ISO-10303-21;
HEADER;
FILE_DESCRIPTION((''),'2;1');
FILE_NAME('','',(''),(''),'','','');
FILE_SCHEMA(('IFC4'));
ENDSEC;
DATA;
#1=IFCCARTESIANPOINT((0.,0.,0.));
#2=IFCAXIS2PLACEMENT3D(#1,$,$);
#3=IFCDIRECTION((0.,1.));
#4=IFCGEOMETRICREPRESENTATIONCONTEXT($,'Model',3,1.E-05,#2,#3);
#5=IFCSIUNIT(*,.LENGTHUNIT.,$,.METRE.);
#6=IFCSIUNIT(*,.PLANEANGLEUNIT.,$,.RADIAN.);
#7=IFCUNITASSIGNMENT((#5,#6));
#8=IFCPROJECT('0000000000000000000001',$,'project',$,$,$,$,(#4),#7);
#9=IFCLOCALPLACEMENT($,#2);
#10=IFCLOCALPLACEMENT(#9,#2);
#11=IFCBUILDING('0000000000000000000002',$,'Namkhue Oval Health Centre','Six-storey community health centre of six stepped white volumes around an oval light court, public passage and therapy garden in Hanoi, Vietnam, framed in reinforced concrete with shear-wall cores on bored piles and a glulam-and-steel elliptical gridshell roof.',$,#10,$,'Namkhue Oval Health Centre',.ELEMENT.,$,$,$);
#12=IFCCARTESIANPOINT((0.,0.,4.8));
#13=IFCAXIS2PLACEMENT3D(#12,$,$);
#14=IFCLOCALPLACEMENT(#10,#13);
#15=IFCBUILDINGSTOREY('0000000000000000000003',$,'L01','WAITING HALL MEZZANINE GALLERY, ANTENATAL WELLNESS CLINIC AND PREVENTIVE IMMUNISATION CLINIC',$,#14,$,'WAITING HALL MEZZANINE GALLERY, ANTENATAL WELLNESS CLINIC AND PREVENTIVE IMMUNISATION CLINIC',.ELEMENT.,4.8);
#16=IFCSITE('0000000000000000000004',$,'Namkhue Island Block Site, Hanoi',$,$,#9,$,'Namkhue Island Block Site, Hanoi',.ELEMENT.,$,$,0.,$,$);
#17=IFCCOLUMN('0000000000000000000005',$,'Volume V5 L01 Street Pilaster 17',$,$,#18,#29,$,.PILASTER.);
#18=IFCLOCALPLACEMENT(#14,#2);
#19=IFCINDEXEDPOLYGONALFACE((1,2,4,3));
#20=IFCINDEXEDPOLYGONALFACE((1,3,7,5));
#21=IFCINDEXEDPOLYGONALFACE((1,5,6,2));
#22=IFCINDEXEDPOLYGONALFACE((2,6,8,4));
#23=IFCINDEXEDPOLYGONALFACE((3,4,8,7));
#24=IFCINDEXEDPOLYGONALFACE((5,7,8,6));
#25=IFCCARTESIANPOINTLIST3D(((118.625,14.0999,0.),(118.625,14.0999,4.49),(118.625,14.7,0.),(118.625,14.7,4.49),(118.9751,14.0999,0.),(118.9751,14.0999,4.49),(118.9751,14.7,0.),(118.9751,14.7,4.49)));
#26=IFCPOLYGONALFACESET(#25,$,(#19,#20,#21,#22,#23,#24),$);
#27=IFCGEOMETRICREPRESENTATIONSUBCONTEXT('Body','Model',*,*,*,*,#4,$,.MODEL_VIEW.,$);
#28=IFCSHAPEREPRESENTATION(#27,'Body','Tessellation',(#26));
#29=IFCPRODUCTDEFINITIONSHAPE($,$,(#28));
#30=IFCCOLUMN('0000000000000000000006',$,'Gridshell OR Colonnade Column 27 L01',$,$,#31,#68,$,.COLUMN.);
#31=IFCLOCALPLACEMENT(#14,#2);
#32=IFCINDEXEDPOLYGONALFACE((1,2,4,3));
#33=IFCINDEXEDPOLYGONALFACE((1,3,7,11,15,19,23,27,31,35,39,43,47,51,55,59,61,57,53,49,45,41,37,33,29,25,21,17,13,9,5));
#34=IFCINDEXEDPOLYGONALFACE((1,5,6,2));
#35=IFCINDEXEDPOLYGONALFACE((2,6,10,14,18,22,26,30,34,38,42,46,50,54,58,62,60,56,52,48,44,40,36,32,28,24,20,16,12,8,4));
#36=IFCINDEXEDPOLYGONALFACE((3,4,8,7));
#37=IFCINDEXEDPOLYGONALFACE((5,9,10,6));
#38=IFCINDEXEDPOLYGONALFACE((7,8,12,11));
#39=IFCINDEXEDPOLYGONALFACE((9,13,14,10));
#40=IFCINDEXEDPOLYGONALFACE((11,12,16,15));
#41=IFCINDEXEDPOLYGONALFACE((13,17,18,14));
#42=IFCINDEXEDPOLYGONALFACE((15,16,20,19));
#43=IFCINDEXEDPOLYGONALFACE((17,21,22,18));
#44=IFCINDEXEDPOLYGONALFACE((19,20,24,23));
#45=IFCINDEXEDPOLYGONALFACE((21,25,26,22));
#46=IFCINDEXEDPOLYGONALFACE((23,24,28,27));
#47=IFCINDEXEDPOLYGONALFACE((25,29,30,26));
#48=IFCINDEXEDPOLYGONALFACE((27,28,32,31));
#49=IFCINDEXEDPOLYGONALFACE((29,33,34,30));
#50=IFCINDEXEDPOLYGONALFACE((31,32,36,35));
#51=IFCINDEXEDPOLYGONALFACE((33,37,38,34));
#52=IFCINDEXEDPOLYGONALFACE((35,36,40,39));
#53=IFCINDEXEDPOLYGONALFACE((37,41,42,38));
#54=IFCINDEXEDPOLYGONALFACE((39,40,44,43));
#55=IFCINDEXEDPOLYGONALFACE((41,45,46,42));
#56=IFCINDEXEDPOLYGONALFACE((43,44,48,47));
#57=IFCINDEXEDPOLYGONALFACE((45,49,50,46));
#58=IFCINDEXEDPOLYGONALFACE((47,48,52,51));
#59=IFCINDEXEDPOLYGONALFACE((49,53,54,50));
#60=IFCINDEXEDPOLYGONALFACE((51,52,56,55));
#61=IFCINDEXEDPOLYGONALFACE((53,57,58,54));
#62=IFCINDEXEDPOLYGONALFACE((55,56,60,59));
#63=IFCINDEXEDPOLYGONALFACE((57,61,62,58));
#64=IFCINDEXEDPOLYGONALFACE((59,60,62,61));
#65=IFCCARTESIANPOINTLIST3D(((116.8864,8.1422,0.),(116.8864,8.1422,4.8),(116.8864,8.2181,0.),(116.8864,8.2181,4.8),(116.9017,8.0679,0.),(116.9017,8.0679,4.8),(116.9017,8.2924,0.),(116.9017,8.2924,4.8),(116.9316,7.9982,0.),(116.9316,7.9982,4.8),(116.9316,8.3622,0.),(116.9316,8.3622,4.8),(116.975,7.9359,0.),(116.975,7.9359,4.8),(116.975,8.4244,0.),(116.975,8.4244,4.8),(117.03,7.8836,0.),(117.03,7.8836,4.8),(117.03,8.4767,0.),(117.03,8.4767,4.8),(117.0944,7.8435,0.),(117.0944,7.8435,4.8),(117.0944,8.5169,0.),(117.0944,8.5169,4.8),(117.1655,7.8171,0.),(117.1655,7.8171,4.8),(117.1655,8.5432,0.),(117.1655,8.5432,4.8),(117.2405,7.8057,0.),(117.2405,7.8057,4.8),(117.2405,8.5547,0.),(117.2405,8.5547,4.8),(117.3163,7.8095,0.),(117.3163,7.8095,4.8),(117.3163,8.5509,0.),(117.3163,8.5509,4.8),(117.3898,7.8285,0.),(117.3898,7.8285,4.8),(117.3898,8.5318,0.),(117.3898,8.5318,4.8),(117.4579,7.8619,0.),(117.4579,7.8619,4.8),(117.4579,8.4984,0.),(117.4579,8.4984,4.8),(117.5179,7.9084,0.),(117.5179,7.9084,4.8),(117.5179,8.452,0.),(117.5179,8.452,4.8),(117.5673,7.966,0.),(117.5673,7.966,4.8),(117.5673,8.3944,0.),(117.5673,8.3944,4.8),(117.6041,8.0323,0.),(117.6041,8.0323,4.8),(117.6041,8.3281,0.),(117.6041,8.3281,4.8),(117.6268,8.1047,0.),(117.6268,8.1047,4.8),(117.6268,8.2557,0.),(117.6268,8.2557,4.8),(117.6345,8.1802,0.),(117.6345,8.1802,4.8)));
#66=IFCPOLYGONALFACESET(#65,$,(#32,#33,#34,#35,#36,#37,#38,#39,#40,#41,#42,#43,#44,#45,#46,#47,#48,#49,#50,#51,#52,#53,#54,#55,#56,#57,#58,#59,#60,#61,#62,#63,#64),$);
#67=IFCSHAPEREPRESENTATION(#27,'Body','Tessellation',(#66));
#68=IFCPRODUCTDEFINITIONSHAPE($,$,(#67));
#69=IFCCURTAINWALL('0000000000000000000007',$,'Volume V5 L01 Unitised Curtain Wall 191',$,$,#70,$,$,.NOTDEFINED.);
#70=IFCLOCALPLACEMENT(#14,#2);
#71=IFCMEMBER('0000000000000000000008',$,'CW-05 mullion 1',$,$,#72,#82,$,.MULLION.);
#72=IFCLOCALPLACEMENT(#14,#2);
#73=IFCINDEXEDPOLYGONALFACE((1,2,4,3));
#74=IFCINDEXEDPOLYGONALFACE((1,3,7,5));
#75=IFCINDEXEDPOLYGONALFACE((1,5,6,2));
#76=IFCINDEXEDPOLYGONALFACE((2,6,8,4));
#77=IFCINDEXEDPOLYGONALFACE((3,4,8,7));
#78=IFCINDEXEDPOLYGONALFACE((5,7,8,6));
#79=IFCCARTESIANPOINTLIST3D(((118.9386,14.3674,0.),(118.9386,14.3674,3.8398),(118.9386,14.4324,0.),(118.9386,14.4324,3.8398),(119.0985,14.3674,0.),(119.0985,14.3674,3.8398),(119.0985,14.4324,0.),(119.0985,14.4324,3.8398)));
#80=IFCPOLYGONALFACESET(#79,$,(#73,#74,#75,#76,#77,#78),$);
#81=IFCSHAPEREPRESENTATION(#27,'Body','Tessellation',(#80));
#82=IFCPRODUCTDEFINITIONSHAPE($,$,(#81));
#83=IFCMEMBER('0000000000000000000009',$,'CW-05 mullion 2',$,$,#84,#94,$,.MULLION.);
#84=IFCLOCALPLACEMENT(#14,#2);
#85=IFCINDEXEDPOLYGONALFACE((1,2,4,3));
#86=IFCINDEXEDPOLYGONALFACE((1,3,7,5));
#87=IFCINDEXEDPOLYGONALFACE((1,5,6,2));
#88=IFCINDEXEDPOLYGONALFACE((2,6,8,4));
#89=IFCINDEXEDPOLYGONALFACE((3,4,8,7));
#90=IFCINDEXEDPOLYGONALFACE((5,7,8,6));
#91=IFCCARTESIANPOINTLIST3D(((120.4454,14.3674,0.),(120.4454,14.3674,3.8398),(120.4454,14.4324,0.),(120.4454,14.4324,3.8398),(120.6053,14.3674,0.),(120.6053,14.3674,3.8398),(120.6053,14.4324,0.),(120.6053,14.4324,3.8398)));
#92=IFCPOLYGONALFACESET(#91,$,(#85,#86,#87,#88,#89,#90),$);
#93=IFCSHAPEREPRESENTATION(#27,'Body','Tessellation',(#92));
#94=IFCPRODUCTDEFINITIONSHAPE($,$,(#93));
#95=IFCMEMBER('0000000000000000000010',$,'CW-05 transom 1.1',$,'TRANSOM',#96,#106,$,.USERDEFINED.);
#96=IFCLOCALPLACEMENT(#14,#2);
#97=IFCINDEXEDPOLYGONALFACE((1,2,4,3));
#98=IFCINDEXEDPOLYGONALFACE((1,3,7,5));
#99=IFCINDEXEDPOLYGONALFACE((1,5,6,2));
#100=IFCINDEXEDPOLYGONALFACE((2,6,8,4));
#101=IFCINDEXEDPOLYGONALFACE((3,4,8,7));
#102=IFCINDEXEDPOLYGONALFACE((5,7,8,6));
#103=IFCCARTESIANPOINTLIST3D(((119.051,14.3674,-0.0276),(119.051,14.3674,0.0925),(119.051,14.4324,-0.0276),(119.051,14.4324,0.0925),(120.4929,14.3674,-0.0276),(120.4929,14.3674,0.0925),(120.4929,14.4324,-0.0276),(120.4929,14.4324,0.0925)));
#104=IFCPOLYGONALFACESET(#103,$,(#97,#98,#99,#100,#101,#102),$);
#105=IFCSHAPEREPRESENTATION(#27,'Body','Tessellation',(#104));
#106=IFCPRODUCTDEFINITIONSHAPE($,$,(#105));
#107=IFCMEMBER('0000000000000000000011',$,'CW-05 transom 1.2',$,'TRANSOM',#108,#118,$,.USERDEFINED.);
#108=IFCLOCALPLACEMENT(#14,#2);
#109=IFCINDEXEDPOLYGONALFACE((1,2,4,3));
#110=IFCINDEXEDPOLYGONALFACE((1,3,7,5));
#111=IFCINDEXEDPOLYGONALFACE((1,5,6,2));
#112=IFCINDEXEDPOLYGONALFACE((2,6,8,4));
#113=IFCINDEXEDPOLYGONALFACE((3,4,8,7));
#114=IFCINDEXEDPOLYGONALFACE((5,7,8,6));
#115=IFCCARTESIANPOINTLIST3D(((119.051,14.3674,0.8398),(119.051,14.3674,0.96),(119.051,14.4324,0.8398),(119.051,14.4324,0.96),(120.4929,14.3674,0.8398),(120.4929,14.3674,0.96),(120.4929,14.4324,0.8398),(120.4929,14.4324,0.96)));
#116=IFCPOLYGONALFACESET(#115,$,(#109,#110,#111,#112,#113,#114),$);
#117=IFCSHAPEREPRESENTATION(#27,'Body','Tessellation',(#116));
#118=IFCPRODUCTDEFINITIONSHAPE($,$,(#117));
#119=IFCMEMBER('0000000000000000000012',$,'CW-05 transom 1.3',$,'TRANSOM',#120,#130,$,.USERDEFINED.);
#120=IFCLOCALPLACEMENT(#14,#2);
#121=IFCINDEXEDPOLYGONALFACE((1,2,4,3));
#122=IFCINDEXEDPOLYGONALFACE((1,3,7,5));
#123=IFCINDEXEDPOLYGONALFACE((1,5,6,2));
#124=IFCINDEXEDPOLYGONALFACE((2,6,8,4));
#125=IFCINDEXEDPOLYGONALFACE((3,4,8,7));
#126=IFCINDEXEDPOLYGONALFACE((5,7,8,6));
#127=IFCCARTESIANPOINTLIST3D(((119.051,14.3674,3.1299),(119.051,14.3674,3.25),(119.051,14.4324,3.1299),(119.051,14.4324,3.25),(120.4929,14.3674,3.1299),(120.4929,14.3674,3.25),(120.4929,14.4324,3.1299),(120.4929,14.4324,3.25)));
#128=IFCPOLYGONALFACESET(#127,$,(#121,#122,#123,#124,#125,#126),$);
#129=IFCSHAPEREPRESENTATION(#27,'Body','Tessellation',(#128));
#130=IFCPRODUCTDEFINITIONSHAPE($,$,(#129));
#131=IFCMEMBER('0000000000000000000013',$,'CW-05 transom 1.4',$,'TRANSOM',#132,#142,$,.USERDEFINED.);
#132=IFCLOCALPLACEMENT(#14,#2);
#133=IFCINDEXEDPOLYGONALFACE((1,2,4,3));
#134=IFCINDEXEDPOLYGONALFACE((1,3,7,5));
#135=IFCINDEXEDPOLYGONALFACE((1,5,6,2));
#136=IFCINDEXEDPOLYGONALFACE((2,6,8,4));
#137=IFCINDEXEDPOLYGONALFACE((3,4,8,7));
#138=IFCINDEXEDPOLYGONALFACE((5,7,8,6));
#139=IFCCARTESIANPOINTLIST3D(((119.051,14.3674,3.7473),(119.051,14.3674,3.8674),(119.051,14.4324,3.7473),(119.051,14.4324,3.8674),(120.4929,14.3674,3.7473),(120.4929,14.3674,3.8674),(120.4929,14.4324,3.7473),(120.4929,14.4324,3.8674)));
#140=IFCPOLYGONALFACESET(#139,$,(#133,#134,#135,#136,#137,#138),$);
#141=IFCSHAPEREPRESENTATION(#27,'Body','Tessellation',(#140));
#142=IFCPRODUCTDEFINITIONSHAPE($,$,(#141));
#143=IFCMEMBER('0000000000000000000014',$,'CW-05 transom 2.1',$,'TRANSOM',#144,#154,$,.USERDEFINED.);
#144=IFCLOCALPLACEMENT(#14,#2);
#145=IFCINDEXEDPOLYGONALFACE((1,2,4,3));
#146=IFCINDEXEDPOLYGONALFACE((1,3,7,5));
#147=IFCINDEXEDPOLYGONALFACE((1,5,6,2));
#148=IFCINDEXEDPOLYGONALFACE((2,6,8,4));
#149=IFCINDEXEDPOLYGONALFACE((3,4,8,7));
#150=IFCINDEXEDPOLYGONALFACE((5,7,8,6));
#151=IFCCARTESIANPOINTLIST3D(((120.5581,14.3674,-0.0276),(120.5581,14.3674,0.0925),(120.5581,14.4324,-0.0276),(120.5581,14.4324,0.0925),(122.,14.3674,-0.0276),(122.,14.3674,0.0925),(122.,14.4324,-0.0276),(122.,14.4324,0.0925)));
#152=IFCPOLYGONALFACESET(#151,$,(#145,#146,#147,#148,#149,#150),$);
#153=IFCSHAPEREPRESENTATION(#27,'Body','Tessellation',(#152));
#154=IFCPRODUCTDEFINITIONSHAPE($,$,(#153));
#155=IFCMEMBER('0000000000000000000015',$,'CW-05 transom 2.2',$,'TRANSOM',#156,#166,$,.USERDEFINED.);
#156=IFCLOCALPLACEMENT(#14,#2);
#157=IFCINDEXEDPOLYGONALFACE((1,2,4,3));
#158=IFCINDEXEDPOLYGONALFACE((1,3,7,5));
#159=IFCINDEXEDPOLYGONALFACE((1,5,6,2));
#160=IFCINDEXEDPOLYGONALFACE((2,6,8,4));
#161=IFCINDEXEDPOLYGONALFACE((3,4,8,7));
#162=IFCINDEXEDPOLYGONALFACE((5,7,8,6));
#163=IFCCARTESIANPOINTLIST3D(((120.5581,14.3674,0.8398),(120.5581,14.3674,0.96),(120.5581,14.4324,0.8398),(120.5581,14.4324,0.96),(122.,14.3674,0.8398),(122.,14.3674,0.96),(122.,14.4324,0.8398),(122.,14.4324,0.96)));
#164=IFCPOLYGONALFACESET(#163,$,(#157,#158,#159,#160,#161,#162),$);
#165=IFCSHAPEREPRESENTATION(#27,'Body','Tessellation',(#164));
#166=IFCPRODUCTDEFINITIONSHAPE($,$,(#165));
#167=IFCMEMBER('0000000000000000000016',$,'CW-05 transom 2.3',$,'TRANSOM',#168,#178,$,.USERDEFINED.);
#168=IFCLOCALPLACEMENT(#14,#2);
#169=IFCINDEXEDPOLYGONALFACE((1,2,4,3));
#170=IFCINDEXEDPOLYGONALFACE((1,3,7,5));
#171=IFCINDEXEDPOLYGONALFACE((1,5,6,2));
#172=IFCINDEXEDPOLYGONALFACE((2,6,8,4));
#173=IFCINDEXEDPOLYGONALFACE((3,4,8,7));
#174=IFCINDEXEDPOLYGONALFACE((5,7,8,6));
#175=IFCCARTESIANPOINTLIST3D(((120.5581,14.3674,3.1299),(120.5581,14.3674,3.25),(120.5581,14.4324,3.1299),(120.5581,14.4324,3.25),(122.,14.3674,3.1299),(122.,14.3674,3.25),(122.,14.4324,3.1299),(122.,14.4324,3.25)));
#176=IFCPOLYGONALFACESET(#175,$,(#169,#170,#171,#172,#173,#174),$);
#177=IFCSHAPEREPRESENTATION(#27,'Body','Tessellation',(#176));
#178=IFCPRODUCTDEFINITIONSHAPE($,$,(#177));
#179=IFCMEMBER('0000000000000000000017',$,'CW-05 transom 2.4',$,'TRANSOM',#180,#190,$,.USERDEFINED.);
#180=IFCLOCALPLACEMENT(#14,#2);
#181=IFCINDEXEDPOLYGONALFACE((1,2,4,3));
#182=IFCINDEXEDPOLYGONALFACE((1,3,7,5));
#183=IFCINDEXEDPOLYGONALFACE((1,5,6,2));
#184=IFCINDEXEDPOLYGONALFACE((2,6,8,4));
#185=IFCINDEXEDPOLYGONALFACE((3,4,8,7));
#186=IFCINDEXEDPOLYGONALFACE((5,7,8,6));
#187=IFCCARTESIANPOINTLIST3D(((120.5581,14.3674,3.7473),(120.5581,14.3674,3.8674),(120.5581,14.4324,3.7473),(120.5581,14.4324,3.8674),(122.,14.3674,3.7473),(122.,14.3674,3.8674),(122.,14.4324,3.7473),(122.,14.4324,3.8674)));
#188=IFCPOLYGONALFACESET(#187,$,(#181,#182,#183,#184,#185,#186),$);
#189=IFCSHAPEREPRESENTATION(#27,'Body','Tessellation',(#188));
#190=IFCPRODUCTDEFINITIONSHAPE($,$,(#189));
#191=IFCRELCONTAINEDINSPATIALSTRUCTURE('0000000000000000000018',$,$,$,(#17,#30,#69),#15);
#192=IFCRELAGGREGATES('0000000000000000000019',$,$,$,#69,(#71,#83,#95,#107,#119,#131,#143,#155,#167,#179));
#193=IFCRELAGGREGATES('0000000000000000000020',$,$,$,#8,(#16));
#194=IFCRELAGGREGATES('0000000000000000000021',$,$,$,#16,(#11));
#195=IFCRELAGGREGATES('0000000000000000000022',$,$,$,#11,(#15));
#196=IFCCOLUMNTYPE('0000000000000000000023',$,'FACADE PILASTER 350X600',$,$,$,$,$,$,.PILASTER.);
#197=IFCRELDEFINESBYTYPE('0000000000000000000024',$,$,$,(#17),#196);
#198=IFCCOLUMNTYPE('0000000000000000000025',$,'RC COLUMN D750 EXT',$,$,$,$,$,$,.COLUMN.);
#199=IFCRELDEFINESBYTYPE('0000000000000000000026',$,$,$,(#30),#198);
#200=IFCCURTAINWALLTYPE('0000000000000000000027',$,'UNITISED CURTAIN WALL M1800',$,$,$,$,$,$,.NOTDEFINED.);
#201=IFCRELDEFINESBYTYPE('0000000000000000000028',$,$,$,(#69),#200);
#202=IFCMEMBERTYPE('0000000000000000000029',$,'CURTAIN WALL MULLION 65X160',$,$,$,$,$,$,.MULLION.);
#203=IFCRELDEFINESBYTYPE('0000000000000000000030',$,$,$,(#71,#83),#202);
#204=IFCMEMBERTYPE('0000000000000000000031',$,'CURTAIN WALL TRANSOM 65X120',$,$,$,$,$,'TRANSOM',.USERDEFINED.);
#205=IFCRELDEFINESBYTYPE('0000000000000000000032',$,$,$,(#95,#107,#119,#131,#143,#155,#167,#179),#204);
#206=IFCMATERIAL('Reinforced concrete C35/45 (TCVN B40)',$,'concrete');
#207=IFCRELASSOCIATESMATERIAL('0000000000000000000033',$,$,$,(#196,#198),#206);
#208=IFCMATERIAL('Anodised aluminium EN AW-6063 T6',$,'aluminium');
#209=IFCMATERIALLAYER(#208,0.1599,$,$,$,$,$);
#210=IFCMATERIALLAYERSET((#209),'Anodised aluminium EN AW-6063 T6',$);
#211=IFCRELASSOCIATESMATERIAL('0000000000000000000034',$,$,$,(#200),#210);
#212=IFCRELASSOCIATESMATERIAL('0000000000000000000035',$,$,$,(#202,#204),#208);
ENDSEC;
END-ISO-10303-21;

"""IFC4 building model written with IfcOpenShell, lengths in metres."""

from ifc_helpers import new_model, si_unit, direction, frame, origin, origin_2d, place, context, subcontext, project, spatial, rectangle, circle, extrude, material, layer, layer_set, material_profile, profile_set, type_object, element, aggregate, save


model = new_model("IFC4")

# Units and contexts
model_context = context("Model", 3, precision=1e-05, world=origin(), true_north=direction((0.0, 1.0)))
body_context = subcontext(model_context, "Body", "Model", "MODEL_VIEW")
ifc_project = project(units=[si_unit("LENGTHUNIT", "METRE"), si_unit("PLANEANGLEUNIT", "RADIAN")], contexts=[model_context])

# Site, building, storey
site_placement = place(None, origin())
site = spatial("IfcSite", under=ifc_project, at=site_placement, Name="Namkhue Island Block Site, Hanoi", LongName="Namkhue Island Block Site, Hanoi", CompositionType="ELEMENT", RefElevation=0.0)
building_placement = place(site_placement, origin())
building = spatial("IfcBuilding", under=site, at=building_placement, Name="Namkhue Oval Health Centre", Description="Six-storey community health centre of six stepped white volumes around an oval light court, public passage and therapy garden in Hanoi, Vietnam, framed in reinforced concrete with shear-wall cores on bored piles and a glulam-and-steel elliptical gridshell roof.", LongName="Namkhue Oval Health Centre", CompositionType="ELEMENT")
storey_placement = place(building_placement, frame((0.0, 0.0, 4.8)))
storey = spatial("IfcBuildingStorey", under=building, at=storey_placement, Name="L01", Description="WAITING HALL MEZZANINE GALLERY, ANTENATAL WELLNESS CLINIC AND PREVENTIVE IMMUNISATION CLINIC", LongName="WAITING HALL MEZZANINE GALLERY, ANTENATAL WELLNESS CLINIC AND PREVENTIVE IMMUNISATION CLINIC", CompositionType="ELEMENT", Elevation=4.8)

# Columns
ifc_material_1 = material(Name="Reinforced concrete C35/45 (TCVN B40)", Category="concrete")
ifc_material_profile_1 = material_profile(ifc_material_1, rectangle(XDim=0.3501, YDim=0.6001, at=origin_2d()), Name="RC 350x600")
ifc_profile_set_1 = profile_set([ifc_material_profile_1], Name="Reinforced concrete C35/45 (TCVN B40)")
column_type_1 = type_object("IfcColumnType", Name="FACADE PILASTER 350X600", PredefinedType="PILASTER", material=ifc_profile_set_1)
column_1_placement = place(storey_placement, frame((118.8, 14.3999, 0.0), z_axis=(0.0, 0.0, 1.0), x_axis=(1.0, 0.0, 0.0)))
element("IfcColumn", 1, at=column_1_placement, inside=storey, type_object=column_type_1, Name="Volume V5 L01 Street Pilaster 17", PredefinedType="PILASTER", context=body_context, shape_type="SweptSolid", body=[
    extrude(rectangle(XDim=0.3501, YDim=0.6001, at=origin_2d()), origin(), (0.0, 0.0, 1.0), 4.49),
])
ifc_material_profile_2 = material_profile(ifc_material_1, circle(Radius=0.375, at=origin_2d()), Name="RC D750")
ifc_profile_set_2 = profile_set([ifc_material_profile_2], Name="Reinforced concrete C35/45 (TCVN B40)")
column_type_2 = type_object("IfcColumnType", Name="RC COLUMN D750 EXT", PredefinedType="COLUMN", material=ifc_profile_set_2)
column_2_placement = place(storey_placement, frame((117.2595, 8.1802, 0.0), z_axis=(0.0, 0.0, 1.0), x_axis=(1.0, 0.0, 0.0)))
element("IfcColumn", 2, at=column_2_placement, inside=storey, type_object=column_type_2, Name="Gridshell OR Colonnade Column 27 L01", PredefinedType="COLUMN", context=body_context, shape_type="SweptSolid", body=[
    extrude(circle(Radius=0.375, at=origin_2d()), origin(), (0.0, 0.0, 1.0), 4.8),
])

# Curtain wall, members
ifc_material_2 = material(Name="Anodised aluminium EN AW-6063 T6", Category="aluminium")
ifc_layer_1 = layer(ifc_material_2, 0.1599)
ifc_layer_set_1 = layer_set([ifc_layer_1], Name="Anodised aluminium EN AW-6063 T6")
curtain_wall_type = type_object("IfcCurtainWallType", Name="UNITISED CURTAIN WALL M1800", PredefinedType="NOTDEFINED", material=ifc_layer_set_1)
curtain_wall_placement = place(storey_placement, origin())
curtain_wall = element("IfcCurtainWall", 3, at=curtain_wall_placement, inside=storey, type_object=curtain_wall_type, Name="Volume V5 L01 Unitised Curtain Wall 191", PredefinedType="NOTDEFINED")
ifc_material_profile_3 = material_profile(ifc_material_2, rectangle(XDim=0.0649, YDim=0.1599, at=origin_2d()), Name="ALU 65x160")
ifc_profile_set_3 = profile_set([ifc_material_profile_3], Name="Anodised aluminium EN AW-6063 T6")
member_type_1 = type_object("IfcMemberType", Name="CURTAIN WALL MULLION 65X160", PredefinedType="MULLION", material=ifc_profile_set_3)
member_1_placement = place(storey_placement, frame((119.0186, 14.3999, 0.0), z_axis=(0.0, 0.0, 1.0), x_axis=(0.0, 1.0, 0.0)))
member_1 = element("IfcMember", 4, at=member_1_placement, type_object=member_type_1, Name="CW-05 mullion 1", PredefinedType="MULLION", context=body_context, shape_type="SweptSolid", body=[
    extrude(rectangle(XDim=0.0649, YDim=0.1599, at=origin_2d()), origin(), (0.0, 0.0, 1.0), 3.8398),
])
member_2_placement = place(storey_placement, frame((120.5254, 14.3999, 0.0), z_axis=(0.0, 0.0, 1.0), x_axis=(0.0, 1.0, 0.0)))
member_2 = element("IfcMember", 5, at=member_2_placement, type_object=member_type_1, Name="CW-05 mullion 2", PredefinedType="MULLION", context=body_context, shape_type="SweptSolid", body=[
    extrude(rectangle(XDim=0.0649, YDim=0.1599, at=origin_2d()), origin(), (0.0, 0.0, 1.0), 3.8398),
])
ifc_material_profile_4 = material_profile(ifc_material_2, rectangle(XDim=0.0649, YDim=0.1201, at=origin_2d()), Name="ALU 65x120")
ifc_profile_set_4 = profile_set([ifc_material_profile_4], Name="Anodised aluminium EN AW-6063 T6")
member_type_2 = type_object("IfcMemberType", Name="CURTAIN WALL TRANSOM 65X120", ElementType="TRANSOM", PredefinedType="USERDEFINED", material=ifc_profile_set_4)
member_3_placement = place(storey_placement, frame((119.051, 14.3999, 0.0325), z_axis=(1.0, 0.0, 0.0), x_axis=(0.0, 1.0, 0.0)))
member_3 = element("IfcMember", 6, at=member_3_placement, type_object=member_type_2, Name="CW-05 transom 1.1", ObjectType="TRANSOM", PredefinedType="USERDEFINED", context=body_context, shape_type="SweptSolid", body=[
    extrude(rectangle(XDim=0.0649, YDim=0.1201, at=origin_2d()), origin(), (0.0, 0.0, 1.0), 1.4419),
])
member_4_placement = place(storey_placement, frame((119.051, 14.3999, 0.8999), z_axis=(1.0, 0.0, 0.0), x_axis=(0.0, 1.0, 0.0)))
member_4 = element("IfcMember", 7, at=member_4_placement, type_object=member_type_2, Name="CW-05 transom 1.2", ObjectType="TRANSOM", PredefinedType="USERDEFINED", context=body_context, shape_type="SweptSolid", body=[
    extrude(rectangle(XDim=0.0649, YDim=0.1201, at=origin_2d()), origin(), (0.0, 0.0, 1.0), 1.4419),
])
member_5_placement = place(storey_placement, frame((119.051, 14.3999, 3.1899), z_axis=(1.0, 0.0, 0.0), x_axis=(0.0, 1.0, 0.0)))
member_5 = element("IfcMember", 8, at=member_5_placement, type_object=member_type_2, Name="CW-05 transom 1.3", ObjectType="TRANSOM", PredefinedType="USERDEFINED", context=body_context, shape_type="SweptSolid", body=[
    extrude(rectangle(XDim=0.0649, YDim=0.1201, at=origin_2d()), origin(), (0.0, 0.0, 1.0), 1.4419),
])
member_6_placement = place(storey_placement, frame((119.051, 14.3999, 3.8074), z_axis=(1.0, 0.0, 0.0), x_axis=(0.0, 1.0, 0.0)))
member_6 = element("IfcMember", 9, at=member_6_placement, type_object=member_type_2, Name="CW-05 transom 1.4", ObjectType="TRANSOM", PredefinedType="USERDEFINED", context=body_context, shape_type="SweptSolid", body=[
    extrude(rectangle(XDim=0.0649, YDim=0.1201, at=origin_2d()), origin(), (0.0, 0.0, 1.0), 1.4419),
])
member_7_placement = place(storey_placement, frame((120.5581, 14.3999, 0.0325), z_axis=(1.0, 0.0, 0.0), x_axis=(0.0, 1.0, 0.0)))
member_7 = element("IfcMember", 10, at=member_7_placement, type_object=member_type_2, Name="CW-05 transom 2.1", ObjectType="TRANSOM", PredefinedType="USERDEFINED", context=body_context, shape_type="SweptSolid", body=[
    extrude(rectangle(XDim=0.0649, YDim=0.1201, at=origin_2d()), origin(), (0.0, 0.0, 1.0), 1.4419),
])
member_8_placement = place(storey_placement, frame((120.5581, 14.3999, 0.8999), z_axis=(1.0, 0.0, 0.0), x_axis=(0.0, 1.0, 0.0)))
member_8 = element("IfcMember", 11, at=member_8_placement, type_object=member_type_2, Name="CW-05 transom 2.2", ObjectType="TRANSOM", PredefinedType="USERDEFINED", context=body_context, shape_type="SweptSolid", body=[
    extrude(rectangle(XDim=0.0649, YDim=0.1201, at=origin_2d()), origin(), (0.0, 0.0, 1.0), 1.4419),
])
member_9_placement = place(storey_placement, frame((120.5581, 14.3999, 3.1899), z_axis=(1.0, 0.0, 0.0), x_axis=(0.0, 1.0, 0.0)))
member_9 = element("IfcMember", 12, at=member_9_placement, type_object=member_type_2, Name="CW-05 transom 2.3", ObjectType="TRANSOM", PredefinedType="USERDEFINED", context=body_context, shape_type="SweptSolid", body=[
    extrude(rectangle(XDim=0.0649, YDim=0.1201, at=origin_2d()), origin(), (0.0, 0.0, 1.0), 1.4419),
])
member_10_placement = place(storey_placement, frame((120.5581, 14.3999, 3.8074), z_axis=(1.0, 0.0, 0.0), x_axis=(0.0, 1.0, 0.0)))
member_10 = element("IfcMember", 13, at=member_10_placement, type_object=member_type_2, Name="CW-05 transom 2.4", ObjectType="TRANSOM", PredefinedType="USERDEFINED", context=body_context, shape_type="SweptSolid", body=[
    extrude(rectangle(XDim=0.0649, YDim=0.1201, at=origin_2d()), origin(), (0.0, 0.0, 1.0), 1.4419),
])

aggregate(curtain_wall, [member_1, member_2, member_3, member_4, member_5, member_6, member_7, member_8, member_9, member_10])

save(model, "model.ifc")
